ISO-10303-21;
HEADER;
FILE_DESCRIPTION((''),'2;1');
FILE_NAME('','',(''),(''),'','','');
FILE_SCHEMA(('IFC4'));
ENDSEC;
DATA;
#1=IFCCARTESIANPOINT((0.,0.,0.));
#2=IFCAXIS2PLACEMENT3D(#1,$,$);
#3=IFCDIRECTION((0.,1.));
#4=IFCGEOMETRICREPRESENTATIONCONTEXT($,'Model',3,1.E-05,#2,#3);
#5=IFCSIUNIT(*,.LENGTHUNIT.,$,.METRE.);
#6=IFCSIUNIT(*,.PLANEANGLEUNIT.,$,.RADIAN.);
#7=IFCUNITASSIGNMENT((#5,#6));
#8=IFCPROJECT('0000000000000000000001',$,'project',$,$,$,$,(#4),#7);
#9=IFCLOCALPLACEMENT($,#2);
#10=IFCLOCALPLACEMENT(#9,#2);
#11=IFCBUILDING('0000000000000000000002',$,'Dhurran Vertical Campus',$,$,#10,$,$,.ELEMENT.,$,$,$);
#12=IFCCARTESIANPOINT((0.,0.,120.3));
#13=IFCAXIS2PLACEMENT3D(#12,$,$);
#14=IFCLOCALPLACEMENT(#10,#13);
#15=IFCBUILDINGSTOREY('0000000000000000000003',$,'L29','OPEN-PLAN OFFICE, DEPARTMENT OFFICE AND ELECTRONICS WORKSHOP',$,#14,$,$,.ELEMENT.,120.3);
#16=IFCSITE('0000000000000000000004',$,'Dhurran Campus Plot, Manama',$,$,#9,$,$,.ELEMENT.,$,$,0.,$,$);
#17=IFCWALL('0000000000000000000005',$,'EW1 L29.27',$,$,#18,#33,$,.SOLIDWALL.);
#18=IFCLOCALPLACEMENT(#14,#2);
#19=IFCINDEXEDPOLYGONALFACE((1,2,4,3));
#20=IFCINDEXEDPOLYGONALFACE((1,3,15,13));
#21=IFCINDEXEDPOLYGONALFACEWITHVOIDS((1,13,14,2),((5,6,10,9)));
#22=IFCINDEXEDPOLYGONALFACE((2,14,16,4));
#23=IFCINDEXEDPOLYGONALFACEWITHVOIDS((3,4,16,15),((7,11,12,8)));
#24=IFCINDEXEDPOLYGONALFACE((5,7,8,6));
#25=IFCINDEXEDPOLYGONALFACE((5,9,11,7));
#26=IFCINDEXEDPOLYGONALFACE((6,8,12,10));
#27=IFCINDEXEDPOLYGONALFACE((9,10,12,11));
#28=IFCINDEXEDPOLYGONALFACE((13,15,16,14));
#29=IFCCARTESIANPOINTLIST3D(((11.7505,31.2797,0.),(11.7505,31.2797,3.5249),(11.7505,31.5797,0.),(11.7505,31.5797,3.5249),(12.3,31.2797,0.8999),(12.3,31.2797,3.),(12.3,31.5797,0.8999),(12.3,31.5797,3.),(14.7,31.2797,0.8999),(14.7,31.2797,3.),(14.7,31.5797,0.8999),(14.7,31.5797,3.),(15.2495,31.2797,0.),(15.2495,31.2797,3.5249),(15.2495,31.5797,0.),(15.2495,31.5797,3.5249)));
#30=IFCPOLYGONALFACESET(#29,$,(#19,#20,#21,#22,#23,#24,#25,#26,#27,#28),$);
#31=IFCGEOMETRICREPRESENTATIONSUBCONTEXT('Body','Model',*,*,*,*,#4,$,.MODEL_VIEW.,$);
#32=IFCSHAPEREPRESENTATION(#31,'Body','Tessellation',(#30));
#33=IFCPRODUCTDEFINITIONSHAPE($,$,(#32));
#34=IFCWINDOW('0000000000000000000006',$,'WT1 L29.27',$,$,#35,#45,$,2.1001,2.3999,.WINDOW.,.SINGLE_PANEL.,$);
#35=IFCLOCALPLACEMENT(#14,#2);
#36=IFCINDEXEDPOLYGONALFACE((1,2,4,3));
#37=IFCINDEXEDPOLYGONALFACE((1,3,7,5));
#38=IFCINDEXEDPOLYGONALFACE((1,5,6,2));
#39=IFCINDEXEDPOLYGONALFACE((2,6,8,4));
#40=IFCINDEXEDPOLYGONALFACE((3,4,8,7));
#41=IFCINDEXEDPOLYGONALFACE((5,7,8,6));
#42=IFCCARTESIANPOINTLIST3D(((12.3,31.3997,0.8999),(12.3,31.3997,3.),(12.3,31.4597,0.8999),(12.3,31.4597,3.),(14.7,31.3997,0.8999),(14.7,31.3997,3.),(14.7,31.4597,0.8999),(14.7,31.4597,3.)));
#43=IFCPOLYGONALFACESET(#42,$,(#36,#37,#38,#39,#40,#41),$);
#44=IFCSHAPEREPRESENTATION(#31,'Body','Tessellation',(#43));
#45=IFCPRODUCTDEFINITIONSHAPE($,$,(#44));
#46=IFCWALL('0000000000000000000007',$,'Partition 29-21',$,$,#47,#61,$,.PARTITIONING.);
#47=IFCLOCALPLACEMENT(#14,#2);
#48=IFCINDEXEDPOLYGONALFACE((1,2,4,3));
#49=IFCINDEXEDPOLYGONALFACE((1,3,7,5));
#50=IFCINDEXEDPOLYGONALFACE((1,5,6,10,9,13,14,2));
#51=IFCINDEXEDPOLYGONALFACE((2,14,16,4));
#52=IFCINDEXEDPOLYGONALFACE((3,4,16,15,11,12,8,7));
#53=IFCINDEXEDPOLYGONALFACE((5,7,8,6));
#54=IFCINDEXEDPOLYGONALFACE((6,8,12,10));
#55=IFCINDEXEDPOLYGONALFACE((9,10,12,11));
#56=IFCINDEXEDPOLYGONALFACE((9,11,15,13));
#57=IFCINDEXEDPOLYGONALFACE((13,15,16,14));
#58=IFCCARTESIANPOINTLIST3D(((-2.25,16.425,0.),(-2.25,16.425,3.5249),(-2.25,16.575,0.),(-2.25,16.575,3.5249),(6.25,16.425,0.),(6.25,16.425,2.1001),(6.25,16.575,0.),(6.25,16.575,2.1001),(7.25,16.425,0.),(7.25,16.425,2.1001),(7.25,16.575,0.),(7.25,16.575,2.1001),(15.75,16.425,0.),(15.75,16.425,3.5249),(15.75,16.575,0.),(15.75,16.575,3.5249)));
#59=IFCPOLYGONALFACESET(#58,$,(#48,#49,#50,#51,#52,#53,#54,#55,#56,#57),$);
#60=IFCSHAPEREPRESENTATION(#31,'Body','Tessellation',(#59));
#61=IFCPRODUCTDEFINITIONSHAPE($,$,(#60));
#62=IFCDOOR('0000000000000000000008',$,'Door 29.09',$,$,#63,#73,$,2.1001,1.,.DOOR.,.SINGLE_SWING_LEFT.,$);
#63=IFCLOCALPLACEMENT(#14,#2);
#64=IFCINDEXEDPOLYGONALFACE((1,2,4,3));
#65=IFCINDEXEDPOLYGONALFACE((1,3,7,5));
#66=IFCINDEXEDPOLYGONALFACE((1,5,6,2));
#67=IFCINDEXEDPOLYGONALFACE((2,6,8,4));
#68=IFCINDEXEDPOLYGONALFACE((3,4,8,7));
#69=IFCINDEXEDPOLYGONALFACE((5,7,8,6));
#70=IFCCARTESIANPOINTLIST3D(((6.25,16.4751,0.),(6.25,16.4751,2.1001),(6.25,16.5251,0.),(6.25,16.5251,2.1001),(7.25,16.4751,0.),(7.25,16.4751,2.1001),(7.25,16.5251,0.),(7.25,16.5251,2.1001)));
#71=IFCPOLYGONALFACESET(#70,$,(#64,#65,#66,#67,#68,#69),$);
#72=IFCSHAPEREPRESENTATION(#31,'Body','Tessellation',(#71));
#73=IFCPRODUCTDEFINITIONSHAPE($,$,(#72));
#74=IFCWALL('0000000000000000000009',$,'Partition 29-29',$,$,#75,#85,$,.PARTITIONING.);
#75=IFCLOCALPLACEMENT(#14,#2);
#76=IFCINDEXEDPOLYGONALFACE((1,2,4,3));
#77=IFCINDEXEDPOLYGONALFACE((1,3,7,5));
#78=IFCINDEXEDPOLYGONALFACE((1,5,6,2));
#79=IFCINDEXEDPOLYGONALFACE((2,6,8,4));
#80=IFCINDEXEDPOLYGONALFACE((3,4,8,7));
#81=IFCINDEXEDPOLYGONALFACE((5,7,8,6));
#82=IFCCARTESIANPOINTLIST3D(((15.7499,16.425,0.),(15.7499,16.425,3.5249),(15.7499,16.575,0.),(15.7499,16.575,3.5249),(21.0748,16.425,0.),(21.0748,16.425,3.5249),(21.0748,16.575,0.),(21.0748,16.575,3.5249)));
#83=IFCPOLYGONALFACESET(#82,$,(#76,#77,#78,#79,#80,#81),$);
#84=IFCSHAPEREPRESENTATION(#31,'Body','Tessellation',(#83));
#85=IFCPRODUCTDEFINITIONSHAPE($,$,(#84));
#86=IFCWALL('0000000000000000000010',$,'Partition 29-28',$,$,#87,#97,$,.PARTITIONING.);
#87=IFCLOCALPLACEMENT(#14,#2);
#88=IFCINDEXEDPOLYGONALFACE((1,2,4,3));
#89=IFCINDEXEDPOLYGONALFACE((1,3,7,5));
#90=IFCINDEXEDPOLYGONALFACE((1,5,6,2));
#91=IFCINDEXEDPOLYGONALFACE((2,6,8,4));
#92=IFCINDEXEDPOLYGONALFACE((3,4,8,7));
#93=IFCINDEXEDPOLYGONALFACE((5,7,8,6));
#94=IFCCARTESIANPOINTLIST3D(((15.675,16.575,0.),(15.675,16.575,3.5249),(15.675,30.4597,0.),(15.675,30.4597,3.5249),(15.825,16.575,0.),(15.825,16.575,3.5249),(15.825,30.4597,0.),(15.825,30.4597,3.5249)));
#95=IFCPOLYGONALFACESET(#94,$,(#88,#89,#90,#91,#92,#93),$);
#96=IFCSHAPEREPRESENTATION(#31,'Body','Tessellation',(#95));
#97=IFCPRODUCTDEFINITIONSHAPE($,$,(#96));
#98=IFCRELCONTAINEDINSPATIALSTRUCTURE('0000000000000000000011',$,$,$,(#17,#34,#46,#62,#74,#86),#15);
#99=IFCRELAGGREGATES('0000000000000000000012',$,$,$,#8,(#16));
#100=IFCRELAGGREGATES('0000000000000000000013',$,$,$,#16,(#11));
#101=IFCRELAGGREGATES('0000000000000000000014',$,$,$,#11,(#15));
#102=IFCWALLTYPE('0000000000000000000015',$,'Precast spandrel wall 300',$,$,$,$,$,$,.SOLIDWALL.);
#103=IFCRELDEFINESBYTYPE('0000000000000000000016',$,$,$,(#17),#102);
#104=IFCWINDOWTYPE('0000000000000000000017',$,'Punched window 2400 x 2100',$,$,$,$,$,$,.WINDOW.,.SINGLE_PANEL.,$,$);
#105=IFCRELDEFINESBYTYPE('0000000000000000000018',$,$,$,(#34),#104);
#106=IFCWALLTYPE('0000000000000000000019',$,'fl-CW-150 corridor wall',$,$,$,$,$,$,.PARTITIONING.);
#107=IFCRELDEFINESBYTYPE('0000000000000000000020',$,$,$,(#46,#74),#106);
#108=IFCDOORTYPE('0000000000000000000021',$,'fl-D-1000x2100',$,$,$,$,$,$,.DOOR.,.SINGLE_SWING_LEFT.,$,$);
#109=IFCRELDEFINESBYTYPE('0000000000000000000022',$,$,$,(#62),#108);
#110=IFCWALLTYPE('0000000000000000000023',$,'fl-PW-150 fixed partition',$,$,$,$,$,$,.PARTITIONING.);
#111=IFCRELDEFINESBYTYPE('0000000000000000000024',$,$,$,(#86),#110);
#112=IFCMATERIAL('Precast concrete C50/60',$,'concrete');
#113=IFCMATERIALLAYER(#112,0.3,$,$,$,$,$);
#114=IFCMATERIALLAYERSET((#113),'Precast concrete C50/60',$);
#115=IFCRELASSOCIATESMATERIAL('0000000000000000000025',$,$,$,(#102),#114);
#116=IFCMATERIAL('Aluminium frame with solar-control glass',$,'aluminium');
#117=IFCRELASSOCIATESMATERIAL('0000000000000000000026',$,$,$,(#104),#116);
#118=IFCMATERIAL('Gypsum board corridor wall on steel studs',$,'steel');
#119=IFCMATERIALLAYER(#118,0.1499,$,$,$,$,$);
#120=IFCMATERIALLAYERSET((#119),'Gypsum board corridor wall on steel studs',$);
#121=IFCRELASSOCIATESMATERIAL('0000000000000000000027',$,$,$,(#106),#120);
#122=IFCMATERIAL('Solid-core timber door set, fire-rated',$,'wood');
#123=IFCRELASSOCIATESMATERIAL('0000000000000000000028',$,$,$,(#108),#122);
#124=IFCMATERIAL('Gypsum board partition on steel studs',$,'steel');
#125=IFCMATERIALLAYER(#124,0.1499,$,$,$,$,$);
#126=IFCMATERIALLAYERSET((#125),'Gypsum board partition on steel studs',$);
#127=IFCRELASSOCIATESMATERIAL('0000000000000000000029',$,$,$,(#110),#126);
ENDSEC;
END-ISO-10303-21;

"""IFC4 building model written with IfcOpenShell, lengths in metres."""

from ifc_helpers import new_model, si_unit, direction, frame, frame_2d, origin, place, context, subcontext, project, spatial, rectangle, extrude, material, layer, layer_set, type_object, element, fill, save


model = new_model("IFC4")

# Units and contexts
model_context = context("Model", 3, precision=1e-05, world=origin(), true_north=direction((0.0, 1.0)))
body_context = subcontext(model_context, "Body", "Model", "MODEL_VIEW")
ifc_project = project(units=[si_unit("LENGTHUNIT", "METRE"), si_unit("PLANEANGLEUNIT", "RADIAN")], contexts=[model_context])

# Site, building, storey
site_placement = place(None, origin())
site = spatial("IfcSite", under=ifc_project, at=site_placement, Name="Dhurran Campus Plot, Manama", CompositionType="ELEMENT", RefElevation=0.0)
building_placement = place(site_placement, origin())
building = spatial("IfcBuilding", under=site, at=building_placement, Name="Dhurran Vertical Campus", CompositionType="ELEMENT")
storey_placement = place(building_placement, frame((0.0, 0.0, 120.3)))
storey = spatial("IfcBuildingStorey", under=building, at=storey_placement, Name="L29", Description="OPEN-PLAN OFFICE, DEPARTMENT OFFICE AND ELECTRONICS WORKSHOP", CompositionType="ELEMENT", Elevation=120.3)

# Wall, opening, window
ifc_material_1 = material(Name="Precast concrete C50/60", Category="concrete")
ifc_layer_1 = layer(ifc_material_1, 0.3)
ifc_layer_set_1 = layer_set([ifc_layer_1], Name="Precast concrete C50/60")
wall_type_1 = type_object("IfcWallType", Name="Precast spandrel wall 300", PredefinedType="SOLIDWALL", material=ifc_layer_set_1)
ifc_material_2 = material(Name="Aluminium frame with solar-control glass", Category="aluminium")
window_type = type_object("IfcWindowType", Name="Punched window 2400 x 2100", PartitioningType="SINGLE_PANEL", PredefinedType="WINDOW", material=ifc_material_2)
wall_1_placement = place(storey_placement, frame((15.2495, 31.4297, 0.0), z_axis=(0.0, 0.0, 1.0), x_axis=(-1.0, 0.0, 0.0)))
wall_1 = element("IfcWall", 1, at=wall_1_placement, inside=storey, type_object=wall_type_1, Name="EW1 L29.27", PredefinedType="SOLIDWALL", context=body_context, shape_type="SweptSolid", body=[
    extrude(rectangle(XDim=3.499, YDim=0.3, at=frame_2d((1.7495, 0.0))), origin(), (0.0, 0.0, 1.0), 3.5249),
])
opening_1_placement = place(wall_1_placement, frame((0.5496, 0.0, 0.8999)))
opening_1 = element("IfcOpeningElement", 2, at=opening_1_placement, cuts=wall_1, PredefinedType="OPENING", context=body_context, shape_type="SweptSolid", body=[
    extrude(rectangle(XDim=2.3999, YDim=2.1001, at=frame_2d((1.2, 1.05))), frame((0.0, 0.1599, 0.0), z_axis=(0.0, -1.0, 0.0), x_axis=(1.0, 0.0, 0.0)), (0.0, 0.0, 1.0), 0.3201),
])
window_1_placement = place(opening_1_placement, origin())
window_1 = element("IfcWindow", 3, at=window_1_placement, inside=storey, type_object=window_type, Name="WT1 L29.27", OverallHeight=2.1001, OverallWidth=2.3999, PartitioningType="SINGLE_PANEL", PredefinedType="WINDOW", context=body_context, shape_type="SweptSolid", body=[
    extrude(rectangle(XDim=2.3999, YDim=2.1001, at=frame_2d((1.2, 1.05))), frame((0.0, 0.03, 0.0), z_axis=(0.0, -1.0, 0.0), x_axis=(1.0, 0.0, 0.0)), (0.0, 0.0, 1.0), 0.0601),
])
fill(opening_1, window_1)

# Wall, opening, door
ifc_material_3 = material(Name="Gypsum board corridor wall on steel studs", Category="steel")
ifc_layer_2 = layer(ifc_material_3, 0.1499)
ifc_layer_set_2 = layer_set([ifc_layer_2], Name="Gypsum board corridor wall on steel studs")
wall_type_2 = type_object("IfcWallType", Name="fl-CW-150 corridor wall", PredefinedType="PARTITIONING", material=ifc_layer_set_2)
wall_2_placement = place(storey_placement, frame((15.75, 16.5, 0.0), z_axis=(0.0, 0.0, 1.0), x_axis=(-1.0, 0.0, 0.0)))
wall_2 = element("IfcWall", 4, at=wall_2_placement, inside=storey, type_object=wall_type_2, Name="Partition 29-21", PredefinedType="PARTITIONING", context=body_context, shape_type="SweptSolid", body=[
    extrude(rectangle(XDim=18.0, YDim=0.1499, at=frame_2d((9.0, 0.0))), origin(), (0.0, 0.0, 1.0), 3.5249),
])
opening_2_placement = place(wall_2_placement, frame((8.5, 0.0, 0.0)))
opening_2 = element("IfcOpeningElement", 5, at=opening_2_placement, cuts=wall_2, PredefinedType="OPENING", context=body_context, shape_type="SweptSolid", body=[
    extrude(rectangle(XDim=1.0, YDim=2.1001, at=frame_2d((0.5, 1.05))), frame((0.0, 0.085, 0.0), z_axis=(0.0, -1.0, 0.0), x_axis=(1.0, 0.0, 0.0)), (0.0, 0.0, 1.0), 0.1699),
])
ifc_material_4 = material(Name="Solid-core timber door set, fire-rated", Category="wood")
door_type = type_object("IfcDoorType", Name="fl-D-1000x2100", OperationType="SINGLE_SWING_LEFT", PredefinedType="DOOR", material=ifc_material_4)
door_placement = place(opening_2_placement, origin())
door = element("IfcDoor", 6, at=door_placement, inside=storey, type_object=door_type, Name="Door 29.09", OperationType="SINGLE_SWING_LEFT", OverallHeight=2.1001, OverallWidth=1.0, PredefinedType="DOOR", context=body_context, shape_type="SweptSolid", body=[
    extrude(rectangle(XDim=1.0, YDim=2.1001, at=frame_2d((0.5, 1.05))), frame((0.0, 0.0249, 0.0), z_axis=(0.0, -1.0, 0.0), x_axis=(1.0, 0.0, 0.0)), (0.0, 0.0, 1.0), 0.05),
])
fill(opening_2, door)

# Walls
wall_3_placement = place(storey_placement, frame((21.075, 16.5, 0.0), z_axis=(0.0, 0.0, 1.0), x_axis=(-1.0, 0.0, 0.0)))
element("IfcWall", 7, at=wall_3_placement, inside=storey, type_object=wall_type_2, Name="Partition 29-29", PredefinedType="PARTITIONING", context=body_context, shape_type="SweptSolid", body=[
    extrude(rectangle(XDim=5.325, YDim=0.1499, at=frame_2d((2.6626, 0.0))), origin(), (0.0, 0.0, 1.0), 3.5249),
])
ifc_material_5 = material(Name="Gypsum board partition on steel studs", Category="steel")
ifc_layer_3 = layer(ifc_material_5, 0.1499)
ifc_layer_set_3 = layer_set([ifc_layer_3], Name="Gypsum board partition on steel studs")
wall_type_3 = type_object("IfcWallType", Name="fl-PW-150 fixed partition", PredefinedType="PARTITIONING", material=ifc_layer_set_3)
wall_4_placement = place(storey_placement, frame((15.75, 30.4597, 0.0), z_axis=(0.0, 0.0, 1.0), x_axis=(0.0, -1.0, 0.0)))
element("IfcWall", 8, at=wall_4_placement, inside=storey, type_object=wall_type_3, Name="Partition 29-28", PredefinedType="PARTITIONING", context=body_context, shape_type="SweptSolid", body=[
    extrude(rectangle(XDim=13.8848, YDim=0.1499, at=frame_2d((6.9424, 0.0))), origin(), (0.0, 0.0, 1.0), 3.5249),
])

save(model, "model.ifc")
